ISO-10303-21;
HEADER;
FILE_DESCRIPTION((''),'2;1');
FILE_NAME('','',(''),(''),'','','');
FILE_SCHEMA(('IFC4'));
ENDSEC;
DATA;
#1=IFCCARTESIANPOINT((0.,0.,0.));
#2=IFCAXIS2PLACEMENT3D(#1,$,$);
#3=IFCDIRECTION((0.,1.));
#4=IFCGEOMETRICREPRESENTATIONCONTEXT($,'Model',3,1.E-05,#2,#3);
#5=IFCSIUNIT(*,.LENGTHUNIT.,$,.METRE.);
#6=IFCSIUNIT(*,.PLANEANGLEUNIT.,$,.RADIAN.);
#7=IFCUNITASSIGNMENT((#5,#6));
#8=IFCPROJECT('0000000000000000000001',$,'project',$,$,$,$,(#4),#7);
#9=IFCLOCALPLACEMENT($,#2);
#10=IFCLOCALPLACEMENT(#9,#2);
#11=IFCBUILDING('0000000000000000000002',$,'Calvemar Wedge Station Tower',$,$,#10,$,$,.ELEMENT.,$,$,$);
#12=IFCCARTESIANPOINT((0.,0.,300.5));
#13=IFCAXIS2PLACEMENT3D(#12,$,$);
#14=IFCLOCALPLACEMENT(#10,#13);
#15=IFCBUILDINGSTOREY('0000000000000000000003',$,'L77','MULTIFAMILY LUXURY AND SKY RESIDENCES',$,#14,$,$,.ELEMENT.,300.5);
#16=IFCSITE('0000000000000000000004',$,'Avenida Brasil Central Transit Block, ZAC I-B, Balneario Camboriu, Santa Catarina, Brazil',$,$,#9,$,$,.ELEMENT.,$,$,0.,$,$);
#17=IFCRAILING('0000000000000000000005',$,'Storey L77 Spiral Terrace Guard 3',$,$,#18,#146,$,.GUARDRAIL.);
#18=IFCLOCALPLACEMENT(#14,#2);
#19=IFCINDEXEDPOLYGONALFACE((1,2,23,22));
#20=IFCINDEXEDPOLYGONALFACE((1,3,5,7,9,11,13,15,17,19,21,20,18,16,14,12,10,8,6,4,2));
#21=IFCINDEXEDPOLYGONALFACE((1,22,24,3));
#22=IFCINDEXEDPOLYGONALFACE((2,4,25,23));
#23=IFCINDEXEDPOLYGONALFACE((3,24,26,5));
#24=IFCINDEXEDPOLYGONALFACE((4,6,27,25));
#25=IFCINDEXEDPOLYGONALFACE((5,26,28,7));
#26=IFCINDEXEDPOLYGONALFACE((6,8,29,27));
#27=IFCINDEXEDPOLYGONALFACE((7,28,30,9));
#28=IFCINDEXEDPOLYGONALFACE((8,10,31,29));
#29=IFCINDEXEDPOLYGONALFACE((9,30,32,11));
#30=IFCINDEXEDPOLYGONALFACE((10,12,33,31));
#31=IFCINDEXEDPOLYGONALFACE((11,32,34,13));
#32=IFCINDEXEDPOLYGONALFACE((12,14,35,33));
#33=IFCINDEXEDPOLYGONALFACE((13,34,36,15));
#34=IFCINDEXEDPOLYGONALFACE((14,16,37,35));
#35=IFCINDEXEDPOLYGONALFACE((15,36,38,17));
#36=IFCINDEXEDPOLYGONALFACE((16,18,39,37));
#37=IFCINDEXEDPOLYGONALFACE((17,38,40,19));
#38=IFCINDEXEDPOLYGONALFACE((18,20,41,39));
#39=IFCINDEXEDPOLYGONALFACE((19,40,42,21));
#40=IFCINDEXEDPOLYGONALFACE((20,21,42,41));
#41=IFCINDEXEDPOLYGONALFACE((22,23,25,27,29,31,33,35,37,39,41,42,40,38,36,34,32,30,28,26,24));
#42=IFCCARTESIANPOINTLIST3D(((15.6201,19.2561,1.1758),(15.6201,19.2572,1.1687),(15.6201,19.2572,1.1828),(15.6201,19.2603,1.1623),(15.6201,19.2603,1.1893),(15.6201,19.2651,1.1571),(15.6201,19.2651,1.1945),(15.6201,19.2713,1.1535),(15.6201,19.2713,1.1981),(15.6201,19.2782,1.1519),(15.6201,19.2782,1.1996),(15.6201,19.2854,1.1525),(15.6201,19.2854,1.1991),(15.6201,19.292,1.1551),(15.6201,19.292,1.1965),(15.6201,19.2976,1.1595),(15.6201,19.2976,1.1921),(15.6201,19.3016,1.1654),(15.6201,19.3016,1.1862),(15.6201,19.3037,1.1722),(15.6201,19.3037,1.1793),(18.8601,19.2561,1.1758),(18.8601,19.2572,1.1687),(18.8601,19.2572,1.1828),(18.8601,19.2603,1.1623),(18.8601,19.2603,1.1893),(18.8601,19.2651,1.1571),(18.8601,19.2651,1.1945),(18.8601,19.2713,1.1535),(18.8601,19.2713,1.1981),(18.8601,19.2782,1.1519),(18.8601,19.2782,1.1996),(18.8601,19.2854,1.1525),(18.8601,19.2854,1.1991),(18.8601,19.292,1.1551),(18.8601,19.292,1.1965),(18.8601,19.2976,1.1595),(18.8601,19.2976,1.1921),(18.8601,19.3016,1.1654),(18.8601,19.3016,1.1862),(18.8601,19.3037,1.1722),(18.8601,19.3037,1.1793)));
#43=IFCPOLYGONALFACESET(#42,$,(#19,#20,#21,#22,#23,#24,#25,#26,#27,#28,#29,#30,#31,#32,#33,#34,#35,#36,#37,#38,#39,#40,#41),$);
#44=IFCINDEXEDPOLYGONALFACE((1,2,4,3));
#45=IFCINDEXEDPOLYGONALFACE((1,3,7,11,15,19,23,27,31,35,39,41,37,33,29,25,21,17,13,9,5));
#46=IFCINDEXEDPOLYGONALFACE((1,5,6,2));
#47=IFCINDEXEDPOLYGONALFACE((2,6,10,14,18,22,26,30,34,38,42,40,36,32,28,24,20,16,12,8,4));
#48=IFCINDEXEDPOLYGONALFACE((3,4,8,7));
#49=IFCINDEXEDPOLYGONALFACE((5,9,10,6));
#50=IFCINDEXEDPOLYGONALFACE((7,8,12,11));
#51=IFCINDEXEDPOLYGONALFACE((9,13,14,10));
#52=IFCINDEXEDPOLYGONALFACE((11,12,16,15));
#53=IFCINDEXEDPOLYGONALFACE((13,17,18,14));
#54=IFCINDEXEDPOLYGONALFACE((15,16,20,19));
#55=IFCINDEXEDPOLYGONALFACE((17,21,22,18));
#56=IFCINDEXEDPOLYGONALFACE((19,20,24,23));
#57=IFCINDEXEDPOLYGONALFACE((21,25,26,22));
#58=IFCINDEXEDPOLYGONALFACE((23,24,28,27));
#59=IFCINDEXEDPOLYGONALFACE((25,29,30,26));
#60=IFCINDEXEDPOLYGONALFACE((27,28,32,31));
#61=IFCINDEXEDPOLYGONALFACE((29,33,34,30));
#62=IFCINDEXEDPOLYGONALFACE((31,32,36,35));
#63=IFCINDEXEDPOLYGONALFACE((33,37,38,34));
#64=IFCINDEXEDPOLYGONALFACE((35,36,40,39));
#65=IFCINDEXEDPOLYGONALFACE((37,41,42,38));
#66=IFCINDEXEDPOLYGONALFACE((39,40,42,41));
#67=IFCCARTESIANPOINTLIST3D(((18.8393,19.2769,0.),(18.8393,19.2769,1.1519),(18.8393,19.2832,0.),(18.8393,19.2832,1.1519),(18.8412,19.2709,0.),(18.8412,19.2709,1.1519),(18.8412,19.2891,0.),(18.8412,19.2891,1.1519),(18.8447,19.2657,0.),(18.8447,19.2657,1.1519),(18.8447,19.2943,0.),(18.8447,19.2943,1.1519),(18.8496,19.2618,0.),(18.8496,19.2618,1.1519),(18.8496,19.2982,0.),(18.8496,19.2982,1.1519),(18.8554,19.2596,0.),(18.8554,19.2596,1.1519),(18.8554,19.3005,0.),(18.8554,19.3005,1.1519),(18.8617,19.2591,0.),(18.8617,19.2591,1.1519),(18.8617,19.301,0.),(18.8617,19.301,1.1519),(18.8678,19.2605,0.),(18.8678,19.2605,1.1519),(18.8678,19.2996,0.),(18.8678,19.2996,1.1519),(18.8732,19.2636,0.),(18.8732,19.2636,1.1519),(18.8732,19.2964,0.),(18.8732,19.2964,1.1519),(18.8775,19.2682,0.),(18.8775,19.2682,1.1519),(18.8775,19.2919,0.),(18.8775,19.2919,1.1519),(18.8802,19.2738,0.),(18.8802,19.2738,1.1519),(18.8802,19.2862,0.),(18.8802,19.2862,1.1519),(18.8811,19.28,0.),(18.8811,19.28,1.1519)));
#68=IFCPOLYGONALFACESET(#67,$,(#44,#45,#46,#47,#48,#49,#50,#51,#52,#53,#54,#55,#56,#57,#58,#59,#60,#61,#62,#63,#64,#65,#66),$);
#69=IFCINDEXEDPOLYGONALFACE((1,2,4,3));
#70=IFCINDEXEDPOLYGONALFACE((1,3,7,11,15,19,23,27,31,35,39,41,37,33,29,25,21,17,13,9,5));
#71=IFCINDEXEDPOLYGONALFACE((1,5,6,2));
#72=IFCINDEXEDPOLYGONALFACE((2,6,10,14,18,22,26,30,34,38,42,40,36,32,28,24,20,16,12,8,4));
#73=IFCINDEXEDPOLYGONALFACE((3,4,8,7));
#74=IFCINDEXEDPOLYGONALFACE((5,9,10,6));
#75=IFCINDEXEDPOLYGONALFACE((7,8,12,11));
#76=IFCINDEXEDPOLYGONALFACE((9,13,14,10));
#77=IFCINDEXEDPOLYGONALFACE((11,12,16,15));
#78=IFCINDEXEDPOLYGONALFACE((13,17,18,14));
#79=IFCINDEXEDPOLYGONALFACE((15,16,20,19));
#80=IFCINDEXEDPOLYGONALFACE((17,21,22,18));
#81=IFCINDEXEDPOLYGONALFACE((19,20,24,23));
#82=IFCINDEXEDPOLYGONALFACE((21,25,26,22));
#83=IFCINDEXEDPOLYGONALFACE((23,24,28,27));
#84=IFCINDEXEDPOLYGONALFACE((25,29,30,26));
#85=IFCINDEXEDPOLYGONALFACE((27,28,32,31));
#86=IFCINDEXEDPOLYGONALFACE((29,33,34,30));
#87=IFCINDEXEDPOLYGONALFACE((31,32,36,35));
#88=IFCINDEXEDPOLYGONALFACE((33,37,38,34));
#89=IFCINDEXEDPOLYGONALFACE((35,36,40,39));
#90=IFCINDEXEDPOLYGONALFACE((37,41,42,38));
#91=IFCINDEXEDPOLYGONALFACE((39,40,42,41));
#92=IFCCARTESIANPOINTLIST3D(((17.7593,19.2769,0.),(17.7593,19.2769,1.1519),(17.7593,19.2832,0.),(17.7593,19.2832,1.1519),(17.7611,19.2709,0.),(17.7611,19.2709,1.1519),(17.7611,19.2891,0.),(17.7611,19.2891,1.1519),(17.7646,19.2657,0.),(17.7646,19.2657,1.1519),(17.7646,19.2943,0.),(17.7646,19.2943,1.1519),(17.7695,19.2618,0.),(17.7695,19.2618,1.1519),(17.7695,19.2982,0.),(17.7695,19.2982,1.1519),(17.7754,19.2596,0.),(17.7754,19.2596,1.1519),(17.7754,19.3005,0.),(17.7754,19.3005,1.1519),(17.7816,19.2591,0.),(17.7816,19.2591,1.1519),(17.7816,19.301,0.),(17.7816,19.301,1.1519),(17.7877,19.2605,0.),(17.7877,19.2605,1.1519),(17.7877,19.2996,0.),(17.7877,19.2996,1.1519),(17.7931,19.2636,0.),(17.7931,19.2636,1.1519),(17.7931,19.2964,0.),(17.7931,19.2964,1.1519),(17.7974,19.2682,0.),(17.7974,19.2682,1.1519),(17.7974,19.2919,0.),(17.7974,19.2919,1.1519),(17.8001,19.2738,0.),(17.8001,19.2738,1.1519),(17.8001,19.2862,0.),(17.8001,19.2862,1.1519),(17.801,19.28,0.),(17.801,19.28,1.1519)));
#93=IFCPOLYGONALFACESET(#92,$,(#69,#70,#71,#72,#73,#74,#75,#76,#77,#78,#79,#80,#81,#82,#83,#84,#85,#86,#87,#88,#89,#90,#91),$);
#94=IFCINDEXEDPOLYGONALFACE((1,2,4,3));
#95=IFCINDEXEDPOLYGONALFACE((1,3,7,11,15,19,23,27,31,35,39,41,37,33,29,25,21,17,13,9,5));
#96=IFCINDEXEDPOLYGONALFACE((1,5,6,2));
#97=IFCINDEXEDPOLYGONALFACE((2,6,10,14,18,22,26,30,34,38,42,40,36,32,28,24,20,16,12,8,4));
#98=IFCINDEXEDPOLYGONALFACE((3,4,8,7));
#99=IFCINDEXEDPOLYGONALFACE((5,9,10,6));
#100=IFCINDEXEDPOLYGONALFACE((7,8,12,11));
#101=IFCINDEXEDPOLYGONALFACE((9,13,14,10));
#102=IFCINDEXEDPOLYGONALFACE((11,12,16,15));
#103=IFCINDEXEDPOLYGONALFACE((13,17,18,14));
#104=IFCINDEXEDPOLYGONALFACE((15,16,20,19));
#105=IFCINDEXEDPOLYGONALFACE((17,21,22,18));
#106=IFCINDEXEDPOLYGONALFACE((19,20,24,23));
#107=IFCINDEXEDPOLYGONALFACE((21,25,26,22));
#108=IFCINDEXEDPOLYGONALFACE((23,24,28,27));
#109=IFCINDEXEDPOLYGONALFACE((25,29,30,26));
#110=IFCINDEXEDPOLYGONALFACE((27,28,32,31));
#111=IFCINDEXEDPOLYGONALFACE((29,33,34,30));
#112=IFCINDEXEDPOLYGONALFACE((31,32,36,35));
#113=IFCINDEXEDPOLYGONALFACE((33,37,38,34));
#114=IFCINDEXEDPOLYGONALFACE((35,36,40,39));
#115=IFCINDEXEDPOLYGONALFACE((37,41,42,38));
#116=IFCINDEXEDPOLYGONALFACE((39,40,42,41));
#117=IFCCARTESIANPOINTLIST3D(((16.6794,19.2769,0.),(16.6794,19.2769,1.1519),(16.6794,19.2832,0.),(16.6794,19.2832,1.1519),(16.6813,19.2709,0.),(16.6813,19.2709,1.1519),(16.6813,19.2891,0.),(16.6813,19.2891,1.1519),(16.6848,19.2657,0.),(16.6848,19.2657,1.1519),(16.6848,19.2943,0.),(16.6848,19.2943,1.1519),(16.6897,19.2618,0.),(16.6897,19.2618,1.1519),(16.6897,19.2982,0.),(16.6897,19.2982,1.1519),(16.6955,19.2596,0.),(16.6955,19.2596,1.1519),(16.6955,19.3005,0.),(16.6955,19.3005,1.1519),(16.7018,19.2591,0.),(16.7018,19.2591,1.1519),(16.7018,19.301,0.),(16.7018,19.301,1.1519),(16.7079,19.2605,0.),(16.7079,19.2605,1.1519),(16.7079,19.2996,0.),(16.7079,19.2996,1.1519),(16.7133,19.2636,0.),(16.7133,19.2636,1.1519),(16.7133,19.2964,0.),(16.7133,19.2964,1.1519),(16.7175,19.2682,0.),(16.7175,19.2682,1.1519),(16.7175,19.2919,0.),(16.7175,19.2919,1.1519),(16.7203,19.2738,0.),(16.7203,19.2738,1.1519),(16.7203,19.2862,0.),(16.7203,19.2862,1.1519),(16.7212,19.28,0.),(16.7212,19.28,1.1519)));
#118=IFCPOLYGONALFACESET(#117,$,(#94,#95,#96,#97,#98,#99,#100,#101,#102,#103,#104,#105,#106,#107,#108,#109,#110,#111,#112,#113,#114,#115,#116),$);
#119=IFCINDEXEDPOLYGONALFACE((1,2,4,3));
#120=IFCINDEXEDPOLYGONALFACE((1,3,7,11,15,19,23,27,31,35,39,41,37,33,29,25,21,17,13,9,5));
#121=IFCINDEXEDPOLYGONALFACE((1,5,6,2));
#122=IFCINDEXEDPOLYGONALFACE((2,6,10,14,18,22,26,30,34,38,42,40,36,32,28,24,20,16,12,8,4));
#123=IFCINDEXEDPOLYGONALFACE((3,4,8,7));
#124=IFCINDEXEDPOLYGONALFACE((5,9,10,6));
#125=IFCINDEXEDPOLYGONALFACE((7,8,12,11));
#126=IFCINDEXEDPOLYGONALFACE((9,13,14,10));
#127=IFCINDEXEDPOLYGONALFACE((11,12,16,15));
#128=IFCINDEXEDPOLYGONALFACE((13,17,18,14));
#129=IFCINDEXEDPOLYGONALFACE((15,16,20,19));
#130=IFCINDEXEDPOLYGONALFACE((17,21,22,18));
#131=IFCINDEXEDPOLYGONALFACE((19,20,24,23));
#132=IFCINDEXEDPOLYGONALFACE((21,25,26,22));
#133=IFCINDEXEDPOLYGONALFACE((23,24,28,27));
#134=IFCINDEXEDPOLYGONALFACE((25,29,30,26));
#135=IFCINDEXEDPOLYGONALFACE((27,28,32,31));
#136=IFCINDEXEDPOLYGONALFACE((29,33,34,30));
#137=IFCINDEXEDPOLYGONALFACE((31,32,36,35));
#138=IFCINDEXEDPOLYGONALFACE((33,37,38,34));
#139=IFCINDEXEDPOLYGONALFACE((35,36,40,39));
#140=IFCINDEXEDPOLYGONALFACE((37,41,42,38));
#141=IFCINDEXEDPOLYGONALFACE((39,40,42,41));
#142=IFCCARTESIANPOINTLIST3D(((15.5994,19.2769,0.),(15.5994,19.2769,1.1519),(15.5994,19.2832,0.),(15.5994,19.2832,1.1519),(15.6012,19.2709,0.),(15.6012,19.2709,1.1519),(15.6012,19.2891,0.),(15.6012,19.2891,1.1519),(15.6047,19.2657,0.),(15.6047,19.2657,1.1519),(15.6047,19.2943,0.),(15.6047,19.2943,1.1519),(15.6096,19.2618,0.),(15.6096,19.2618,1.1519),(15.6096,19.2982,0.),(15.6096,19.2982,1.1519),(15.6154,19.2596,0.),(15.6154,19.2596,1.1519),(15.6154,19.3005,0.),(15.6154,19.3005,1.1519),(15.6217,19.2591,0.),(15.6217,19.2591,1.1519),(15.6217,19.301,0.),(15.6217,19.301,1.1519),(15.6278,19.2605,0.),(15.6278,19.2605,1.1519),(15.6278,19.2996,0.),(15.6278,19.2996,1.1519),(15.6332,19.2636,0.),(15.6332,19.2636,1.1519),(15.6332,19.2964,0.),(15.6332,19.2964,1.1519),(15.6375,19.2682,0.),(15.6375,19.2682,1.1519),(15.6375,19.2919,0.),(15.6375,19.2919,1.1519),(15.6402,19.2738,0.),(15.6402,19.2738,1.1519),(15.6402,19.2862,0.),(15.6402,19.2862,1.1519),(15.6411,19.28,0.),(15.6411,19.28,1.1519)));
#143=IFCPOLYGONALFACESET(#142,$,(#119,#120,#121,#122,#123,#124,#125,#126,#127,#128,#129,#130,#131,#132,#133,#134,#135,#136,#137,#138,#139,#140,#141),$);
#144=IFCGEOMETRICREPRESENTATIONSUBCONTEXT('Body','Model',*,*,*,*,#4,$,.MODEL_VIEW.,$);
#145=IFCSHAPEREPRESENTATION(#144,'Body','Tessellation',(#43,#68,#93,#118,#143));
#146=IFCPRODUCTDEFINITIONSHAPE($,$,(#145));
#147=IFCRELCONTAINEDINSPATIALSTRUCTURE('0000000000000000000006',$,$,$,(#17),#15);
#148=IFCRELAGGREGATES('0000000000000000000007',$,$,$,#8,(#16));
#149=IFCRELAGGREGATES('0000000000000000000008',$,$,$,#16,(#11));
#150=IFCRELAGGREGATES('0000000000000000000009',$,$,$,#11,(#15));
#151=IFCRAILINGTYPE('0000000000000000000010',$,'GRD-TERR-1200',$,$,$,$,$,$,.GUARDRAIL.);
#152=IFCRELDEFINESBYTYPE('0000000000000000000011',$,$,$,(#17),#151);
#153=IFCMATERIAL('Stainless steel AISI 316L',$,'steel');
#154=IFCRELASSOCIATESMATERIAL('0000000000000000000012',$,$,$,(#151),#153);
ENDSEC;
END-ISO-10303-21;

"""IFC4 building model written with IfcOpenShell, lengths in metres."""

from ifc_helpers import new_model, si_unit, direction, frame, origin, origin_2d, place, context, subcontext, project, spatial, circle, extrude, material, type_object, element, save


model = new_model("IFC4")

# Units and contexts
model_context = context("Model", 3, precision=1e-05, world=origin(), true_north=direction((0.0, 1.0)))
body_context = subcontext(model_context, "Body", "Model", "MODEL_VIEW")
ifc_project = project(units=[si_unit("LENGTHUNIT", "METRE"), si_unit("PLANEANGLEUNIT", "RADIAN")], contexts=[model_context])

# Site, building, storey
site_placement = place(None, origin())
site = spatial("IfcSite", under=ifc_project, at=site_placement, Name="Avenida Brasil Central Transit Block, ZAC I-B, Balneario Camboriu, Santa Catarina, Brazil", CompositionType="ELEMENT", RefElevation=0.0)
building_placement = place(site_placement, origin())
building = spatial("IfcBuilding", under=site, at=building_placement, Name="Calvemar Wedge Station Tower", CompositionType="ELEMENT")
storey_placement = place(building_placement, frame((0.0, 0.0, 300.5)))
storey = spatial("IfcBuildingStorey", under=building, at=storey_placement, Name="L77", Description="MULTIFAMILY LUXURY AND SKY RESIDENCES", CompositionType="ELEMENT", Elevation=300.5)

# Railing
ifc_material_1 = material(Name="Stainless steel AISI 316L", Category="steel")
railing_type = type_object("IfcRailingType", Name="GRD-TERR-1200", PredefinedType="GUARDRAIL", material=ifc_material_1)
railing_1_placement = place(storey_placement, frame((18.8601, 19.28, 0.0)))
element("IfcRailing", 1, at=railing_1_placement, inside=storey, type_object=railing_type, Name="Storey L77 Spiral Terrace Guard 3", PredefinedType="GUARDRAIL", context=body_context, shape_type="SweptSolid", body=[
    extrude(circle(Radius=0.0239, at=origin_2d()), frame((0.0, 0.0, 1.1758), z_axis=(-1.0, 0.0, 0.0), x_axis=(0.0, -1.0, 0.0)), (0.0, 0.0, 1.0), 3.24),
    extrude(circle(Radius=0.021, at=origin_2d()), origin(), (0.0, 0.0, 1.0), 1.1519),
    extrude(circle(Radius=0.021, at=origin_2d()), frame((-1.0801, 0.0, 0.0)), (0.0, 0.0, 1.0), 1.1519),
    extrude(circle(Radius=0.021, at=origin_2d()), frame((-2.1599, 0.0, 0.0)), (0.0, 0.0, 1.0), 1.1519),
    extrude(circle(Radius=0.021, at=origin_2d()), frame((-3.24, 0.0, 0.0)), (0.0, 0.0, 1.0), 1.1519),
])

save(model, "model.ifc")
